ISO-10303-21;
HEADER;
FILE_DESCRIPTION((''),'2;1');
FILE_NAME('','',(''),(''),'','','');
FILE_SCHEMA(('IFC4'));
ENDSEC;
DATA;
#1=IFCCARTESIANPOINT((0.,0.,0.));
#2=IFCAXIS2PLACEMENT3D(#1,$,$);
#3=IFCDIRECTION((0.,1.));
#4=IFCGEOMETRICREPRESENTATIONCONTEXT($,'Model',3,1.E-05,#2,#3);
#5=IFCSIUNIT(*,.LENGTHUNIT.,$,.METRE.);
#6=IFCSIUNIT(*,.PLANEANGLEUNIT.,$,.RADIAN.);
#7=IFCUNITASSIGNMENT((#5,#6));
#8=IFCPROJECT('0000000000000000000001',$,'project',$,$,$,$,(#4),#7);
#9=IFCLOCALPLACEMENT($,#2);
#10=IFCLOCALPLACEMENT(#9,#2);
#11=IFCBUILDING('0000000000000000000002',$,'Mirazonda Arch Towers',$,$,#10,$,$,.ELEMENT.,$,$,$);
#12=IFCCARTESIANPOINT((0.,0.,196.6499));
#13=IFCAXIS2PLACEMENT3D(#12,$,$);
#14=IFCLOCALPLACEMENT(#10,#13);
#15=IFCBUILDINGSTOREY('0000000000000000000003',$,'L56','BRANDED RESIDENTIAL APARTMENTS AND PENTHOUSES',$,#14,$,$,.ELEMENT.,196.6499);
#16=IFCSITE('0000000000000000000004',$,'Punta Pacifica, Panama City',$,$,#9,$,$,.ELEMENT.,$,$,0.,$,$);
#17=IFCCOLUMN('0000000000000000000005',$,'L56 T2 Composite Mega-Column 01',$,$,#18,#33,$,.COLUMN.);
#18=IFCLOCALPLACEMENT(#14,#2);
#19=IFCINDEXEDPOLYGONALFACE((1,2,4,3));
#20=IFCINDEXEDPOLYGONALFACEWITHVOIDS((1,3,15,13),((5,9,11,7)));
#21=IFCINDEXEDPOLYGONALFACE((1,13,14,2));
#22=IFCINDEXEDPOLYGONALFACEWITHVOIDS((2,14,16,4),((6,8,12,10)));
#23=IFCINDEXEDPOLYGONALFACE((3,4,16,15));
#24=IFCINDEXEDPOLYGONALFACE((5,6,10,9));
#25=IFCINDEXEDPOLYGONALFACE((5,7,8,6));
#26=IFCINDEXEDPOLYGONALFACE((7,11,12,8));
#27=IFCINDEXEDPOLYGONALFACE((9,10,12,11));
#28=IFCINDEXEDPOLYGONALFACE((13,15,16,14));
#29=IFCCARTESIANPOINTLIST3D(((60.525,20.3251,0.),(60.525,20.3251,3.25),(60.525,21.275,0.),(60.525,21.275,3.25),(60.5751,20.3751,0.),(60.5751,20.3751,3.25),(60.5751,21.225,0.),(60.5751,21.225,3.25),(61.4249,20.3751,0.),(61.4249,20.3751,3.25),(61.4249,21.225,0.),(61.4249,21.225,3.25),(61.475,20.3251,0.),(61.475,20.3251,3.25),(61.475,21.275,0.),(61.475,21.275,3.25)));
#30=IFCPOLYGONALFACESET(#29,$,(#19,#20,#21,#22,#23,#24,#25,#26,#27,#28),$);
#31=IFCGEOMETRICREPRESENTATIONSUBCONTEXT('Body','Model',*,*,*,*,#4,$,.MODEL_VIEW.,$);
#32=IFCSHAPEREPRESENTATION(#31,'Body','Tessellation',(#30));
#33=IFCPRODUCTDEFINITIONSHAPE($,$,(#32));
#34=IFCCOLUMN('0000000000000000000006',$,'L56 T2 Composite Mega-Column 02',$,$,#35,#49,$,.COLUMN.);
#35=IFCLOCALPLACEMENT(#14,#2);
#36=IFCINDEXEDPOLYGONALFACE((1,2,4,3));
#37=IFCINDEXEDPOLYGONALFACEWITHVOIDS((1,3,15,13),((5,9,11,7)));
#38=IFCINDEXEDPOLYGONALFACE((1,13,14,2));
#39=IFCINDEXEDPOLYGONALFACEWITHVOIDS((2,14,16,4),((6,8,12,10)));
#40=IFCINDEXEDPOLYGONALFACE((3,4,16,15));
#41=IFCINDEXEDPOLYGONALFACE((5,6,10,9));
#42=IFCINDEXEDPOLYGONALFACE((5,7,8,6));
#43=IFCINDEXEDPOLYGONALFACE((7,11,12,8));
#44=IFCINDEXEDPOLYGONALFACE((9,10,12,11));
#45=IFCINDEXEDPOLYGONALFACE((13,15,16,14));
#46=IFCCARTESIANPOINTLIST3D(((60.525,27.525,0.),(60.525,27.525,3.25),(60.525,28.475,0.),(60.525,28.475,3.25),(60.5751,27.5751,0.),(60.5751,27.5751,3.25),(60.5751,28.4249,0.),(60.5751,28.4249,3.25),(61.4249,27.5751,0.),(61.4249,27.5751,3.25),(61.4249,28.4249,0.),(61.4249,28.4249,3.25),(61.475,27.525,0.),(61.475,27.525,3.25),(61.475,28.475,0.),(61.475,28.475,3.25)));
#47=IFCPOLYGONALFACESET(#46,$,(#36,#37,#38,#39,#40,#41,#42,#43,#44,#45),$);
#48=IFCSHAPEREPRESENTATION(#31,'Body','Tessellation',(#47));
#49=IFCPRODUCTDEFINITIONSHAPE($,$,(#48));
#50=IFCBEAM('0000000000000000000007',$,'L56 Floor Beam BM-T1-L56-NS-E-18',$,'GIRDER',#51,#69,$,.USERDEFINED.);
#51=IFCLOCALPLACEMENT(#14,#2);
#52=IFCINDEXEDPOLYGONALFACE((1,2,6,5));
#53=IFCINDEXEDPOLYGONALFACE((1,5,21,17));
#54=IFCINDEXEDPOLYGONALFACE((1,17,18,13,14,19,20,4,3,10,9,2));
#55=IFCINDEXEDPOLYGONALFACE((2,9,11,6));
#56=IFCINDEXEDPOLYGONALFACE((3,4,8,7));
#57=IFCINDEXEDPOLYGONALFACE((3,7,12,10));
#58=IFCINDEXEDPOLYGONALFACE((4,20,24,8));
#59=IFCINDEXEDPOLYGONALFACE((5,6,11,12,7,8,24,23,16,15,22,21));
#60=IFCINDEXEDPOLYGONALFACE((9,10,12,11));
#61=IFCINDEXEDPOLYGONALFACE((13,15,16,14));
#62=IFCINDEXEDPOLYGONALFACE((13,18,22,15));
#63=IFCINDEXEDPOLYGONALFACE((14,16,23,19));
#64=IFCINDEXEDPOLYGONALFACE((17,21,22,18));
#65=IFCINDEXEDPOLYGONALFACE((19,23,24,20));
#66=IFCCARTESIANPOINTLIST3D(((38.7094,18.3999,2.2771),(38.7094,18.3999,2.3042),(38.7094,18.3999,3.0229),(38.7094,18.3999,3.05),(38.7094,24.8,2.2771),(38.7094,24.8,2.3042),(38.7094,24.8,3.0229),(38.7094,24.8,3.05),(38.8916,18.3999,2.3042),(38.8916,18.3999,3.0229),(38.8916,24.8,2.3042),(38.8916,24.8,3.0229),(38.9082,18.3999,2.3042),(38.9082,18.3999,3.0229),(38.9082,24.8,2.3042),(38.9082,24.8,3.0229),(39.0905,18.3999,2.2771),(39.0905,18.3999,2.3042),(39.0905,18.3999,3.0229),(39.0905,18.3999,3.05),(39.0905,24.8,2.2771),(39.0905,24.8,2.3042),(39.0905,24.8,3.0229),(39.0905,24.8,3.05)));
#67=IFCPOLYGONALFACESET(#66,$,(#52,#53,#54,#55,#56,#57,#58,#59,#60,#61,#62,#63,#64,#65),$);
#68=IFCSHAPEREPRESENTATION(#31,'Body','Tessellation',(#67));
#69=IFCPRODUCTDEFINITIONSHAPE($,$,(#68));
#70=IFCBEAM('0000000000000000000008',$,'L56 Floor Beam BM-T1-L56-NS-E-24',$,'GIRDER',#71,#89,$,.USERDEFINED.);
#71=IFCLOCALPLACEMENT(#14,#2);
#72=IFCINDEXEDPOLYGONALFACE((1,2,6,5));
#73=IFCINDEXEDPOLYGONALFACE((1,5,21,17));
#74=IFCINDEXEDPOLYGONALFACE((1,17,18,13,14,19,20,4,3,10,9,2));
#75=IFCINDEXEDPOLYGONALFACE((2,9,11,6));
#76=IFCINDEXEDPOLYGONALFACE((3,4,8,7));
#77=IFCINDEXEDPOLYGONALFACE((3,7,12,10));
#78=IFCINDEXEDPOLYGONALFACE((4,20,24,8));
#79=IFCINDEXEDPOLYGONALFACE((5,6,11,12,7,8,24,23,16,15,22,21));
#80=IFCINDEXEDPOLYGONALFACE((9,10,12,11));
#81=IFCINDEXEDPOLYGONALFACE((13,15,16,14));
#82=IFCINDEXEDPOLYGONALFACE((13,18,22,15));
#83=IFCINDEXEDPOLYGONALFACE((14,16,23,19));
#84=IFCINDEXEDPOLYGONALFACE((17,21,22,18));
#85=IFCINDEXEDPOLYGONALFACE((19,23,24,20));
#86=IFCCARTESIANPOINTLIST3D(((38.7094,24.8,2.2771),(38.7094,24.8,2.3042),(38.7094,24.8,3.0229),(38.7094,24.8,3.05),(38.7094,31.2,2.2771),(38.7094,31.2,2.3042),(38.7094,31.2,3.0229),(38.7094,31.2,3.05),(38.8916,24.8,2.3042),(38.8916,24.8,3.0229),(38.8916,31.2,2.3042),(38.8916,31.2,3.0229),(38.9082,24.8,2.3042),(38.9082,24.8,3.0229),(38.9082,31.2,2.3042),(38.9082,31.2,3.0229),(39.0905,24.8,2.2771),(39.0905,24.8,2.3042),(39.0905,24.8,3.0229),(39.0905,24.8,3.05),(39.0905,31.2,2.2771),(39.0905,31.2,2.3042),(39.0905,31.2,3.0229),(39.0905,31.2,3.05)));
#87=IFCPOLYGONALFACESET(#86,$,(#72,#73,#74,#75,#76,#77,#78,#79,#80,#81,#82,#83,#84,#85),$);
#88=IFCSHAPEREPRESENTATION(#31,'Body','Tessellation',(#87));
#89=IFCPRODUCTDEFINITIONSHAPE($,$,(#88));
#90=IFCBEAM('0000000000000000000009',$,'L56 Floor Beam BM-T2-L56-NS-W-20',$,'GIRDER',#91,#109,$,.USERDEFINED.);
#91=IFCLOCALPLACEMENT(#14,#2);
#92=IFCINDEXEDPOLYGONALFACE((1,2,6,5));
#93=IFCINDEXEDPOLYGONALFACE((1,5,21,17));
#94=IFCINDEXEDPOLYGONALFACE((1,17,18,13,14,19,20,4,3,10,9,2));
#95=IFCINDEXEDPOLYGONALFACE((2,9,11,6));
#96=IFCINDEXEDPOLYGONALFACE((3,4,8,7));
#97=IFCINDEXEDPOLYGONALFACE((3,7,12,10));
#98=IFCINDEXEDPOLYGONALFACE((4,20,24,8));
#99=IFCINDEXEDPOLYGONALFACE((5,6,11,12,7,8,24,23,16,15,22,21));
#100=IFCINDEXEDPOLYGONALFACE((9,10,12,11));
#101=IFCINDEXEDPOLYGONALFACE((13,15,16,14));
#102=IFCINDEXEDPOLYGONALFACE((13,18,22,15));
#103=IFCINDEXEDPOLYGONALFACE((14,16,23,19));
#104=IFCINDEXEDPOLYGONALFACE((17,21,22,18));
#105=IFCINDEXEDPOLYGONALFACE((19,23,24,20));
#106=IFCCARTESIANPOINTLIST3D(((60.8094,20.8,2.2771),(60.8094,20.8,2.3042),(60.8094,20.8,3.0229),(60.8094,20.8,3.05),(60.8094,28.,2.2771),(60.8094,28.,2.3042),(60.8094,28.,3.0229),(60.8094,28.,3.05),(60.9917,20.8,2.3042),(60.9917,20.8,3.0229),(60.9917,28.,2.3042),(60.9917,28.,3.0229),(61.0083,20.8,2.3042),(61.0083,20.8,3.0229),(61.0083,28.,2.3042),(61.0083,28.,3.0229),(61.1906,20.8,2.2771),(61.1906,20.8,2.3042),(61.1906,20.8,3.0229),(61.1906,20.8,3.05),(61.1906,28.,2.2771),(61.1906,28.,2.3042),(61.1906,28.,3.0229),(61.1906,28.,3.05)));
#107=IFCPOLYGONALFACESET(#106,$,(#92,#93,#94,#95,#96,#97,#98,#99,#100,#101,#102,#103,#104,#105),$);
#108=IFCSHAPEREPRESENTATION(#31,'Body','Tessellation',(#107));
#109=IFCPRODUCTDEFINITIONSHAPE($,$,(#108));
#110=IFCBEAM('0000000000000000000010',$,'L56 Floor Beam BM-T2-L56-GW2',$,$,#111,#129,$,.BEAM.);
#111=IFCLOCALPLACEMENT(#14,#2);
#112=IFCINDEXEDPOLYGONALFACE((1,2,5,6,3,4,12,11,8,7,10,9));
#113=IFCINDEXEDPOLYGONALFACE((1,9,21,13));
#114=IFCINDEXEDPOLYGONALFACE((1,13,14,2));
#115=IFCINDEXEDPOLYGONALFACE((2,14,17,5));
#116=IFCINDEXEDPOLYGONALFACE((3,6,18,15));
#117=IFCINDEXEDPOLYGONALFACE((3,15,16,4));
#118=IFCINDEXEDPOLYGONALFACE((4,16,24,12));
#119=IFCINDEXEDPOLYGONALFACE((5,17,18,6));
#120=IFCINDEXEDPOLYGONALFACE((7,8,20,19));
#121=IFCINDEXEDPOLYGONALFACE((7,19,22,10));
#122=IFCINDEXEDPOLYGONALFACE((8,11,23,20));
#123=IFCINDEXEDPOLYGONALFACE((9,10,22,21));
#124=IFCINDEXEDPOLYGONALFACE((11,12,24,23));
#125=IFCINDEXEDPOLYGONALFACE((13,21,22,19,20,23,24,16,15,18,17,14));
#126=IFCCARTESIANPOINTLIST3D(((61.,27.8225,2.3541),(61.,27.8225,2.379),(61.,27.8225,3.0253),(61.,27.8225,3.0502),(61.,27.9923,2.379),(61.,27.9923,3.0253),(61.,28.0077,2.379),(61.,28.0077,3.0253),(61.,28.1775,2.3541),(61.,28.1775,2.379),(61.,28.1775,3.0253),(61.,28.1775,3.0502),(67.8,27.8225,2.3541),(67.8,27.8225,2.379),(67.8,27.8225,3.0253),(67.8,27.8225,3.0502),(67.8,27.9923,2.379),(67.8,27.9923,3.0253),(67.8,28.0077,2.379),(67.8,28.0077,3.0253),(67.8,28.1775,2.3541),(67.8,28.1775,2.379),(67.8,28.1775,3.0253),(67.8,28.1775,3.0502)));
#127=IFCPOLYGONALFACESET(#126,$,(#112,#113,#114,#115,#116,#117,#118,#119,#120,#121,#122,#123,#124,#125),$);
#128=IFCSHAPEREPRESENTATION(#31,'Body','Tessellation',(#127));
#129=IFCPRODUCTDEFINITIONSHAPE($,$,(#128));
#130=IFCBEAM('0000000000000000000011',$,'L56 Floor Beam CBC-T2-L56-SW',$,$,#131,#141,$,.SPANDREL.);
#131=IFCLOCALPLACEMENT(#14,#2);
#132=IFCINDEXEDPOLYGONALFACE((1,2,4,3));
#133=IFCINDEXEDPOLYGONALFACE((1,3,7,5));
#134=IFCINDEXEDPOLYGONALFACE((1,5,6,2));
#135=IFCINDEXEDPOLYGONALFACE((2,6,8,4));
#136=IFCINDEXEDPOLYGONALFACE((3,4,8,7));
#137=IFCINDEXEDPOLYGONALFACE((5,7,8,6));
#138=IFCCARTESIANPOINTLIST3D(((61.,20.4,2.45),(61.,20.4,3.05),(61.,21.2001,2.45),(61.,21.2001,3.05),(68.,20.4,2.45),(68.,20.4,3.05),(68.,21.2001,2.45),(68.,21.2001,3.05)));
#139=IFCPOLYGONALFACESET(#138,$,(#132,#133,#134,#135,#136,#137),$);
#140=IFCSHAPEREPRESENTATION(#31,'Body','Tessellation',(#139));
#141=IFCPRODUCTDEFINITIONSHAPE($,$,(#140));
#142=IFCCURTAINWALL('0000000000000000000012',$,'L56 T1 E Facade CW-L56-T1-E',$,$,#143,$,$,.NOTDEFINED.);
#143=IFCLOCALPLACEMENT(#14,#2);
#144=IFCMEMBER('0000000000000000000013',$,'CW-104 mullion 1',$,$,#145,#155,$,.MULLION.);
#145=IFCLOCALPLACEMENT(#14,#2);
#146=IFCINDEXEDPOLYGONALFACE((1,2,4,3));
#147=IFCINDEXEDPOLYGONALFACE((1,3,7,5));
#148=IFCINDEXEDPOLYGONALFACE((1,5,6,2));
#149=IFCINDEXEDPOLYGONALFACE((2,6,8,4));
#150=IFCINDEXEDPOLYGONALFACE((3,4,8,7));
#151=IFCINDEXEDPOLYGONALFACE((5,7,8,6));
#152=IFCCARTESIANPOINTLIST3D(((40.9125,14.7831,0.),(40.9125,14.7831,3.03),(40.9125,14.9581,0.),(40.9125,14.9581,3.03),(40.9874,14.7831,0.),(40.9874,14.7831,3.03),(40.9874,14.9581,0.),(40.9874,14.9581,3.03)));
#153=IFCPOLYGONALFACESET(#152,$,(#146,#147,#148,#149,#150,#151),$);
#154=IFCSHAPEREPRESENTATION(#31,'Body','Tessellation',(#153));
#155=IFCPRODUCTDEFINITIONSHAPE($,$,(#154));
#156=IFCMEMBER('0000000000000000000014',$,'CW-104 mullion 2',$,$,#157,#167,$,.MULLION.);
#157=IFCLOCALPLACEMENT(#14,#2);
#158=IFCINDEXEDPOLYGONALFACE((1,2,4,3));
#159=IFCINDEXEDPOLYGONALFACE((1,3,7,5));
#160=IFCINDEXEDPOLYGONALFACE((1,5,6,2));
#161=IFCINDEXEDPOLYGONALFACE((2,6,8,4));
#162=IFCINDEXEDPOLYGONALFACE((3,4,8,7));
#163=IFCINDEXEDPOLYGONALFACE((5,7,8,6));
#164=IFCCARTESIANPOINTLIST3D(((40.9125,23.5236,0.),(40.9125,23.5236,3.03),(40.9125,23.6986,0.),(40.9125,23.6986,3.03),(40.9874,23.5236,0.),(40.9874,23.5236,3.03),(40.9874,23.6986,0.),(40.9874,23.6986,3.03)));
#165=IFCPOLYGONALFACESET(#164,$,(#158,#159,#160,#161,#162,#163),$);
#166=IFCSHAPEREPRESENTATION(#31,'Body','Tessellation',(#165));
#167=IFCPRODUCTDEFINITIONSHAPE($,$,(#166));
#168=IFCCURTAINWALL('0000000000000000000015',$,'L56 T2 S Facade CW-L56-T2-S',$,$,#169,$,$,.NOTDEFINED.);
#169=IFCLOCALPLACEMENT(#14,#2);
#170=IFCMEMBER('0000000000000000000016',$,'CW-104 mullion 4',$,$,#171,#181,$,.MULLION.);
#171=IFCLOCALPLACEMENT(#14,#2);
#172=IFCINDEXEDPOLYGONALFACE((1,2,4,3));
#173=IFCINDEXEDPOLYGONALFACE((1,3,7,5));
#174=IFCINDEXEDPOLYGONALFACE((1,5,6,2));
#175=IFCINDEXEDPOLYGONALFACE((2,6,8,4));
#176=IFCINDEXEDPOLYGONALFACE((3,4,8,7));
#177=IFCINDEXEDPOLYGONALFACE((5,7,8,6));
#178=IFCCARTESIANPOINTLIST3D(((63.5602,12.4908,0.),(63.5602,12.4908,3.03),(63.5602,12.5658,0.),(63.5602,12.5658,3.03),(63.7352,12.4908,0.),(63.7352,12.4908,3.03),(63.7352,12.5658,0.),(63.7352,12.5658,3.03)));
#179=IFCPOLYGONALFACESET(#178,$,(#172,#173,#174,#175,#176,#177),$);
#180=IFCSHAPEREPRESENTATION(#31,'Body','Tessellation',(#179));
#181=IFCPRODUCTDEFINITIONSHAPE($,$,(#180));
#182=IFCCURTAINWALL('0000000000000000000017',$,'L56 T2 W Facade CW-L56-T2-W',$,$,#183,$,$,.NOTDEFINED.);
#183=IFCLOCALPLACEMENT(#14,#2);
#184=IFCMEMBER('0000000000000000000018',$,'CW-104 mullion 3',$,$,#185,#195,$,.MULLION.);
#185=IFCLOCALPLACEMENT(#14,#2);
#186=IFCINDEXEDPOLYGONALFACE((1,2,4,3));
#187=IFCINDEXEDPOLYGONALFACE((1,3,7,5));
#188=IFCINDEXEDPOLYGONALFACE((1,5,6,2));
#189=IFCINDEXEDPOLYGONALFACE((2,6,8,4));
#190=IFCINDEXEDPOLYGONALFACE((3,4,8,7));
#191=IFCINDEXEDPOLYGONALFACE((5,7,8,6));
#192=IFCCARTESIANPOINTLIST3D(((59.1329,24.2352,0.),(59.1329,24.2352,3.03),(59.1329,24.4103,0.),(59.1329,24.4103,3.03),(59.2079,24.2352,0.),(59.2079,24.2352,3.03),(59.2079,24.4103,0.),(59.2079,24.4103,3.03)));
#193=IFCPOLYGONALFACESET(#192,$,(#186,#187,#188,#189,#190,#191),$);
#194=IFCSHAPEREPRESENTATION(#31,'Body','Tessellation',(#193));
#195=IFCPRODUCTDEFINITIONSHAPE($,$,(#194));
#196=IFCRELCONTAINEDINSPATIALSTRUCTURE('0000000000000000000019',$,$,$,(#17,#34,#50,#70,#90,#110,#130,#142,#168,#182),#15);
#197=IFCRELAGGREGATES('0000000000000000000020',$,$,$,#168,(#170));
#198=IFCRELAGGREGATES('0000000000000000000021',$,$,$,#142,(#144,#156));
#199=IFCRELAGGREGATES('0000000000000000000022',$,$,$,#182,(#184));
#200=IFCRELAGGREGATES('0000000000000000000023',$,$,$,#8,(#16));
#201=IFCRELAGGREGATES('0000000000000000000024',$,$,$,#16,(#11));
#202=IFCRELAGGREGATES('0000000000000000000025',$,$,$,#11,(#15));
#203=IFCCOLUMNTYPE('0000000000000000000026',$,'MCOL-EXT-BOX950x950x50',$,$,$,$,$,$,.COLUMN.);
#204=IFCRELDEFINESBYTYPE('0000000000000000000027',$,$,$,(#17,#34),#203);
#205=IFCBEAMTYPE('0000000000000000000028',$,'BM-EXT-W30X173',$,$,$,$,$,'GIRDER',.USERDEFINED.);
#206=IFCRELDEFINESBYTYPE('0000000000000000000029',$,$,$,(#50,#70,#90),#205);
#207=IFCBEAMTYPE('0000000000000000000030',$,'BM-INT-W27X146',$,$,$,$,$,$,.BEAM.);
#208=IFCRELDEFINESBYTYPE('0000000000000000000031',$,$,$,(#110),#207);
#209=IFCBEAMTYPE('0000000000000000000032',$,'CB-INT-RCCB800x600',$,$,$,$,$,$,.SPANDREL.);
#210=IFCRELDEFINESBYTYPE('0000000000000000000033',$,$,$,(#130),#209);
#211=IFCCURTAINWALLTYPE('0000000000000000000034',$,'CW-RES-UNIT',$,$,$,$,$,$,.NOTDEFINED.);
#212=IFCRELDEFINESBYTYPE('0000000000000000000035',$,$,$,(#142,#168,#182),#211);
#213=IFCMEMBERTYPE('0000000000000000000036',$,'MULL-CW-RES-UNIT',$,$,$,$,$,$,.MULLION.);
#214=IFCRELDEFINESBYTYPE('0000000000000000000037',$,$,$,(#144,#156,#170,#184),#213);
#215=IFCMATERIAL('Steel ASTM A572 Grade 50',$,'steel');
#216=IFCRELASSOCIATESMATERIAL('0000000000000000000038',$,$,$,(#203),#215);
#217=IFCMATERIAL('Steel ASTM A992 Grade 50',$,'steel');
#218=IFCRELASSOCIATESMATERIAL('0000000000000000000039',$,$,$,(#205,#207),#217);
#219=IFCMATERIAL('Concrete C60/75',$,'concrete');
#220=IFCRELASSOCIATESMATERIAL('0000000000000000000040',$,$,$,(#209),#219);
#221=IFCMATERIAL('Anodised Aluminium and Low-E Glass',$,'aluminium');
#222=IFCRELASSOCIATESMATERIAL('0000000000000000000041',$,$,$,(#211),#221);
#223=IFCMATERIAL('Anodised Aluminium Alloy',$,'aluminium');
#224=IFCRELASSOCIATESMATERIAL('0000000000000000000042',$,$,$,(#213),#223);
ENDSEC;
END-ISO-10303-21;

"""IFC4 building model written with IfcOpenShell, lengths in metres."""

from ifc_helpers import new_model, si_unit, direction, frame, origin, origin_2d, place, context, subcontext, project, spatial, rectangle, hollow_rectangle, i_section, extrude, material, material_profile, profile_set, type_object, element, aggregate, save


model = new_model("IFC4")

# Units and contexts
model_context = context("Model", 3, precision=1e-05, world=origin(), true_north=direction((0.0, 1.0)))
body_context = subcontext(model_context, "Body", "Model", "MODEL_VIEW")
ifc_project = project(units=[si_unit("LENGTHUNIT", "METRE"), si_unit("PLANEANGLEUNIT", "RADIAN")], contexts=[model_context])

# Site, building, storey
site_placement = place(None, origin())
site = spatial("IfcSite", under=ifc_project, at=site_placement, Name="Punta Pacifica, Panama City", CompositionType="ELEMENT", RefElevation=0.0)
building_placement = place(site_placement, origin())
building = spatial("IfcBuilding", under=site, at=building_placement, Name="Mirazonda Arch Towers", CompositionType="ELEMENT")
storey_placement = place(building_placement, frame((0.0, 0.0, 196.6499)))
storey = spatial("IfcBuildingStorey", under=building, at=storey_placement, Name="L56", Description="BRANDED RESIDENTIAL APARTMENTS AND PENTHOUSES", CompositionType="ELEMENT", Elevation=196.6499)

# Columns
ifc_material_1 = material(Name="Steel ASTM A572 Grade 50", Category="steel")
ifc_material_profile_1 = material_profile(ifc_material_1, hollow_rectangle(XDim=0.95, YDim=0.95, WallThickness=0.05, at=origin_2d()), Name="BOX950x950x50")
ifc_profile_set_1 = profile_set([ifc_material_profile_1], Name="Steel ASTM A572 Grade 50")
column_type = type_object("IfcColumnType", Name="MCOL-EXT-BOX950x950x50", PredefinedType="COLUMN", material=ifc_profile_set_1)
for number, where, z_axis, x_axis, name in (
    (1, (61.0, 20.8, 0.0), (0.0, 0.0, 1.0), (1.0, 0.0, 0.0), "L56 T2 Composite Mega-Column 01"),
    (2, (61.0, 28.0, 0.0), (0.0, 0.0, 1.0), (1.0, 0.0, 0.0), "L56 T2 Composite Mega-Column 02"),
):
    element("IfcColumn", number, at=place(storey_placement, frame(where, z_axis=z_axis, x_axis=x_axis)), inside=storey, type_object=column_type, Name=name, PredefinedType="COLUMN", context=body_context, shape_type="SweptSolid", body=[
        extrude(hollow_rectangle(XDim=0.95, YDim=0.95, WallThickness=0.05, at=origin_2d()), origin(), (0.0, 0.0, 1.0), 3.25),
    ])

# Beams
ifc_material_2 = material(Name="Steel ASTM A992 Grade 50", Category="steel")
ifc_material_profile_2 = material_profile(ifc_material_2, i_section(OverallWidth=0.3811, OverallDepth=0.7729, WebThickness=0.0166, FlangeThickness=0.0271, at=origin_2d()), Name="W30X173")
ifc_profile_set_2 = profile_set([ifc_material_profile_2], Name="Steel ASTM A992 Grade 50")
beam_type_1 = type_object("IfcBeamType", Name="BM-EXT-W30X173", ElementType="GIRDER", PredefinedType="USERDEFINED", material=ifc_profile_set_2)
beam_1_placement = place(storey_placement, frame((38.8999, 18.3999, 2.6636), z_axis=(0.0, 1.0, 0.0), x_axis=(-1.0, 0.0, 0.0)))
element("IfcBeam", 3, at=beam_1_placement, inside=storey, type_object=beam_type_1, Name="L56 Floor Beam BM-T1-L56-NS-E-18", ObjectType="GIRDER", PredefinedType="USERDEFINED", context=body_context, shape_type="SweptSolid", body=[
    extrude(i_section(OverallWidth=0.3811, OverallDepth=0.7729, WebThickness=0.0166, FlangeThickness=0.0271, at=origin_2d()), origin(), (0.0, 0.0, 1.0), 6.4001),
])
beam_2_placement = place(storey_placement, frame((38.8999, 24.8, 2.6636), z_axis=(0.0, 1.0, 0.0), x_axis=(-1.0, 0.0, 0.0)))
element("IfcBeam", 4, at=beam_2_placement, inside=storey, type_object=beam_type_1, Name="L56 Floor Beam BM-T1-L56-NS-E-24", ObjectType="GIRDER", PredefinedType="USERDEFINED", context=body_context, shape_type="SweptSolid", body=[
    extrude(i_section(OverallWidth=0.3811, OverallDepth=0.7729, WebThickness=0.0166, FlangeThickness=0.0271, at=origin_2d()), origin(), (0.0, 0.0, 1.0), 6.3999),
])
beam_3_placement = place(storey_placement, frame((61.0, 20.8, 2.6636), z_axis=(0.0, 1.0, 0.0), x_axis=(-1.0, 0.0, 0.0)))
element("IfcBeam", 5, at=beam_3_placement, inside=storey, type_object=beam_type_1, Name="L56 Floor Beam BM-T2-L56-NS-W-20", ObjectType="GIRDER", PredefinedType="USERDEFINED", context=body_context, shape_type="SweptSolid", body=[
    extrude(i_section(OverallWidth=0.3811, OverallDepth=0.7729, WebThickness=0.0166, FlangeThickness=0.0271, at=origin_2d()), origin(), (0.0, 0.0, 1.0), 7.2),
])
ifc_material_profile_3 = material_profile(ifc_material_2, i_section(OverallWidth=0.355, OverallDepth=0.696, WebThickness=0.0154, FlangeThickness=0.0249, at=origin_2d()), Name="W27X146")
ifc_profile_set_3 = profile_set([ifc_material_profile_3], Name="Steel ASTM A992 Grade 50")
beam_type_2 = type_object("IfcBeamType", Name="BM-INT-W27X146", PredefinedType="BEAM", material=ifc_profile_set_3)
beam_4_placement = place(storey_placement, frame((61.0, 28.0, 2.7021), z_axis=(1.0, 0.0, 0.0), x_axis=(0.0, 1.0, 0.0)))
element("IfcBeam", 6, at=beam_4_placement, inside=storey, type_object=beam_type_2, Name="L56 Floor Beam BM-T2-L56-GW2", PredefinedType="BEAM", context=body_context, shape_type="SweptSolid", body=[
    extrude(i_section(OverallWidth=0.355, OverallDepth=0.696, WebThickness=0.0154, FlangeThickness=0.0249, at=origin_2d()), origin(), (0.0, 0.0, 1.0), 6.8),
])
ifc_material_3 = material(Name="Concrete C60/75", Category="concrete")
ifc_material_profile_4 = material_profile(ifc_material_3, rectangle(XDim=0.8, YDim=0.6001, at=origin_2d()), Name="RCCB800x600")
ifc_profile_set_4 = profile_set([ifc_material_profile_4], Name="Concrete C60/75")
beam_type_3 = type_object("IfcBeamType", Name="CB-INT-RCCB800x600", PredefinedType="SPANDREL", material=ifc_profile_set_4)
beam_5_placement = place(storey_placement, frame((61.0, 20.8, 2.75), z_axis=(1.0, 0.0, 0.0), x_axis=(0.0, 1.0, 0.0)))
element("IfcBeam", 7, at=beam_5_placement, inside=storey, type_object=beam_type_3, Name="L56 Floor Beam CBC-T2-L56-SW", PredefinedType="SPANDREL", context=body_context, shape_type="SweptSolid", body=[
    extrude(rectangle(XDim=0.8, YDim=0.6001, at=origin_2d()), origin(), (0.0, 0.0, 1.0), 7.0),
])

# Curtain wall, members
ifc_material_4 = material(Name="Anodised Aluminium and Low-E Glass", Category="aluminium")
curtain_wall_type = type_object("IfcCurtainWallType", Name="CW-RES-UNIT", PredefinedType="NOTDEFINED", material=ifc_material_4)
curtain_wall_1_placement = place(storey_placement, origin())
curtain_wall_1 = element("IfcCurtainWall", 8, at=curtain_wall_1_placement, inside=storey, type_object=curtain_wall_type, Name="L56 T1 E Facade CW-L56-T1-E", PredefinedType="NOTDEFINED")
ifc_material_5 = material(Name="Anodised Aluminium Alloy", Category="aluminium")
ifc_material_profile_5 = material_profile(ifc_material_5, rectangle(XDim=0.075, YDim=0.175, at=origin_2d()), Name="ALU-MULL-75x175")
ifc_profile_set_5 = profile_set([ifc_material_profile_5], Name="Anodised Aluminium Alloy")
member_type_1 = type_object("IfcMemberType", Name="MULL-CW-RES-UNIT", PredefinedType="MULLION", material=ifc_profile_set_5)
member_1_placement = place(storey_placement, frame((40.95, 14.8706, 0.0), z_axis=(0.0, 0.0, 1.0), x_axis=(-1.0, 0.0, 0.0)))
member_1 = element("IfcMember", 9, at=member_1_placement, type_object=member_type_1, Name="CW-104 mullion 1", PredefinedType="MULLION", context=body_context, shape_type="SweptSolid", body=[
    extrude(rectangle(XDim=0.075, YDim=0.175, at=origin_2d()), origin(), (0.0, 0.0, 1.0), 3.03),
])
member_2_placement = place(storey_placement, frame((40.95, 23.6111, 0.0), z_axis=(0.0, 0.0, 1.0), x_axis=(-1.0, 0.0, 0.0)))
member_2 = element("IfcMember", 10, at=member_2_placement, type_object=member_type_1, Name="CW-104 mullion 2", PredefinedType="MULLION", context=body_context, shape_type="SweptSolid", body=[
    extrude(rectangle(XDim=0.075, YDim=0.175, at=origin_2d()), origin(), (0.0, 0.0, 1.0), 3.03),
])

# Curtain wall, member
curtain_wall_2_placement = place(storey_placement, origin())
curtain_wall_2 = element("IfcCurtainWall", 11, at=curtain_wall_2_placement, inside=storey, type_object=curtain_wall_type, Name="L56 T2 S Facade CW-L56-T2-S", PredefinedType="NOTDEFINED")
member_3_placement = place(storey_placement, frame((63.6477, 12.5283, 0.0), z_axis=(0.0, 0.0, 1.0), x_axis=(0.0, -1.0, 0.0)))
member_3 = element("IfcMember", 12, at=member_3_placement, type_object=member_type_1, Name="CW-104 mullion 4", PredefinedType="MULLION", context=body_context, shape_type="SweptSolid", body=[
    extrude(rectangle(XDim=0.075, YDim=0.175, at=origin_2d()), origin(), (0.0, 0.0, 1.0), 3.03),
])
aggregate(curtain_wall_2, [member_3])

# Curtain wall, member
curtain_wall_3_placement = place(storey_placement, origin())
curtain_wall_3 = element("IfcCurtainWall", 13, at=curtain_wall_3_placement, inside=storey, type_object=curtain_wall_type, Name="L56 T2 W Facade CW-L56-T2-W", PredefinedType="NOTDEFINED")
member_4_placement = place(storey_placement, frame((59.1704, 24.3228, 0.0), z_axis=(0.0, 0.0, 1.0), x_axis=(1.0, 0.0, 0.0)))
member_4 = element("IfcMember", 14, at=member_4_placement, type_object=member_type_1, Name="CW-104 mullion 3", PredefinedType="MULLION", context=body_context, shape_type="SweptSolid", body=[
    extrude(rectangle(XDim=0.075, YDim=0.175, at=origin_2d()), origin(), (0.0, 0.0, 1.0), 3.03),
])

aggregate(curtain_wall_1, [member_1, member_2])
aggregate(curtain_wall_3, [member_4])

save(model, "model.ifc")
